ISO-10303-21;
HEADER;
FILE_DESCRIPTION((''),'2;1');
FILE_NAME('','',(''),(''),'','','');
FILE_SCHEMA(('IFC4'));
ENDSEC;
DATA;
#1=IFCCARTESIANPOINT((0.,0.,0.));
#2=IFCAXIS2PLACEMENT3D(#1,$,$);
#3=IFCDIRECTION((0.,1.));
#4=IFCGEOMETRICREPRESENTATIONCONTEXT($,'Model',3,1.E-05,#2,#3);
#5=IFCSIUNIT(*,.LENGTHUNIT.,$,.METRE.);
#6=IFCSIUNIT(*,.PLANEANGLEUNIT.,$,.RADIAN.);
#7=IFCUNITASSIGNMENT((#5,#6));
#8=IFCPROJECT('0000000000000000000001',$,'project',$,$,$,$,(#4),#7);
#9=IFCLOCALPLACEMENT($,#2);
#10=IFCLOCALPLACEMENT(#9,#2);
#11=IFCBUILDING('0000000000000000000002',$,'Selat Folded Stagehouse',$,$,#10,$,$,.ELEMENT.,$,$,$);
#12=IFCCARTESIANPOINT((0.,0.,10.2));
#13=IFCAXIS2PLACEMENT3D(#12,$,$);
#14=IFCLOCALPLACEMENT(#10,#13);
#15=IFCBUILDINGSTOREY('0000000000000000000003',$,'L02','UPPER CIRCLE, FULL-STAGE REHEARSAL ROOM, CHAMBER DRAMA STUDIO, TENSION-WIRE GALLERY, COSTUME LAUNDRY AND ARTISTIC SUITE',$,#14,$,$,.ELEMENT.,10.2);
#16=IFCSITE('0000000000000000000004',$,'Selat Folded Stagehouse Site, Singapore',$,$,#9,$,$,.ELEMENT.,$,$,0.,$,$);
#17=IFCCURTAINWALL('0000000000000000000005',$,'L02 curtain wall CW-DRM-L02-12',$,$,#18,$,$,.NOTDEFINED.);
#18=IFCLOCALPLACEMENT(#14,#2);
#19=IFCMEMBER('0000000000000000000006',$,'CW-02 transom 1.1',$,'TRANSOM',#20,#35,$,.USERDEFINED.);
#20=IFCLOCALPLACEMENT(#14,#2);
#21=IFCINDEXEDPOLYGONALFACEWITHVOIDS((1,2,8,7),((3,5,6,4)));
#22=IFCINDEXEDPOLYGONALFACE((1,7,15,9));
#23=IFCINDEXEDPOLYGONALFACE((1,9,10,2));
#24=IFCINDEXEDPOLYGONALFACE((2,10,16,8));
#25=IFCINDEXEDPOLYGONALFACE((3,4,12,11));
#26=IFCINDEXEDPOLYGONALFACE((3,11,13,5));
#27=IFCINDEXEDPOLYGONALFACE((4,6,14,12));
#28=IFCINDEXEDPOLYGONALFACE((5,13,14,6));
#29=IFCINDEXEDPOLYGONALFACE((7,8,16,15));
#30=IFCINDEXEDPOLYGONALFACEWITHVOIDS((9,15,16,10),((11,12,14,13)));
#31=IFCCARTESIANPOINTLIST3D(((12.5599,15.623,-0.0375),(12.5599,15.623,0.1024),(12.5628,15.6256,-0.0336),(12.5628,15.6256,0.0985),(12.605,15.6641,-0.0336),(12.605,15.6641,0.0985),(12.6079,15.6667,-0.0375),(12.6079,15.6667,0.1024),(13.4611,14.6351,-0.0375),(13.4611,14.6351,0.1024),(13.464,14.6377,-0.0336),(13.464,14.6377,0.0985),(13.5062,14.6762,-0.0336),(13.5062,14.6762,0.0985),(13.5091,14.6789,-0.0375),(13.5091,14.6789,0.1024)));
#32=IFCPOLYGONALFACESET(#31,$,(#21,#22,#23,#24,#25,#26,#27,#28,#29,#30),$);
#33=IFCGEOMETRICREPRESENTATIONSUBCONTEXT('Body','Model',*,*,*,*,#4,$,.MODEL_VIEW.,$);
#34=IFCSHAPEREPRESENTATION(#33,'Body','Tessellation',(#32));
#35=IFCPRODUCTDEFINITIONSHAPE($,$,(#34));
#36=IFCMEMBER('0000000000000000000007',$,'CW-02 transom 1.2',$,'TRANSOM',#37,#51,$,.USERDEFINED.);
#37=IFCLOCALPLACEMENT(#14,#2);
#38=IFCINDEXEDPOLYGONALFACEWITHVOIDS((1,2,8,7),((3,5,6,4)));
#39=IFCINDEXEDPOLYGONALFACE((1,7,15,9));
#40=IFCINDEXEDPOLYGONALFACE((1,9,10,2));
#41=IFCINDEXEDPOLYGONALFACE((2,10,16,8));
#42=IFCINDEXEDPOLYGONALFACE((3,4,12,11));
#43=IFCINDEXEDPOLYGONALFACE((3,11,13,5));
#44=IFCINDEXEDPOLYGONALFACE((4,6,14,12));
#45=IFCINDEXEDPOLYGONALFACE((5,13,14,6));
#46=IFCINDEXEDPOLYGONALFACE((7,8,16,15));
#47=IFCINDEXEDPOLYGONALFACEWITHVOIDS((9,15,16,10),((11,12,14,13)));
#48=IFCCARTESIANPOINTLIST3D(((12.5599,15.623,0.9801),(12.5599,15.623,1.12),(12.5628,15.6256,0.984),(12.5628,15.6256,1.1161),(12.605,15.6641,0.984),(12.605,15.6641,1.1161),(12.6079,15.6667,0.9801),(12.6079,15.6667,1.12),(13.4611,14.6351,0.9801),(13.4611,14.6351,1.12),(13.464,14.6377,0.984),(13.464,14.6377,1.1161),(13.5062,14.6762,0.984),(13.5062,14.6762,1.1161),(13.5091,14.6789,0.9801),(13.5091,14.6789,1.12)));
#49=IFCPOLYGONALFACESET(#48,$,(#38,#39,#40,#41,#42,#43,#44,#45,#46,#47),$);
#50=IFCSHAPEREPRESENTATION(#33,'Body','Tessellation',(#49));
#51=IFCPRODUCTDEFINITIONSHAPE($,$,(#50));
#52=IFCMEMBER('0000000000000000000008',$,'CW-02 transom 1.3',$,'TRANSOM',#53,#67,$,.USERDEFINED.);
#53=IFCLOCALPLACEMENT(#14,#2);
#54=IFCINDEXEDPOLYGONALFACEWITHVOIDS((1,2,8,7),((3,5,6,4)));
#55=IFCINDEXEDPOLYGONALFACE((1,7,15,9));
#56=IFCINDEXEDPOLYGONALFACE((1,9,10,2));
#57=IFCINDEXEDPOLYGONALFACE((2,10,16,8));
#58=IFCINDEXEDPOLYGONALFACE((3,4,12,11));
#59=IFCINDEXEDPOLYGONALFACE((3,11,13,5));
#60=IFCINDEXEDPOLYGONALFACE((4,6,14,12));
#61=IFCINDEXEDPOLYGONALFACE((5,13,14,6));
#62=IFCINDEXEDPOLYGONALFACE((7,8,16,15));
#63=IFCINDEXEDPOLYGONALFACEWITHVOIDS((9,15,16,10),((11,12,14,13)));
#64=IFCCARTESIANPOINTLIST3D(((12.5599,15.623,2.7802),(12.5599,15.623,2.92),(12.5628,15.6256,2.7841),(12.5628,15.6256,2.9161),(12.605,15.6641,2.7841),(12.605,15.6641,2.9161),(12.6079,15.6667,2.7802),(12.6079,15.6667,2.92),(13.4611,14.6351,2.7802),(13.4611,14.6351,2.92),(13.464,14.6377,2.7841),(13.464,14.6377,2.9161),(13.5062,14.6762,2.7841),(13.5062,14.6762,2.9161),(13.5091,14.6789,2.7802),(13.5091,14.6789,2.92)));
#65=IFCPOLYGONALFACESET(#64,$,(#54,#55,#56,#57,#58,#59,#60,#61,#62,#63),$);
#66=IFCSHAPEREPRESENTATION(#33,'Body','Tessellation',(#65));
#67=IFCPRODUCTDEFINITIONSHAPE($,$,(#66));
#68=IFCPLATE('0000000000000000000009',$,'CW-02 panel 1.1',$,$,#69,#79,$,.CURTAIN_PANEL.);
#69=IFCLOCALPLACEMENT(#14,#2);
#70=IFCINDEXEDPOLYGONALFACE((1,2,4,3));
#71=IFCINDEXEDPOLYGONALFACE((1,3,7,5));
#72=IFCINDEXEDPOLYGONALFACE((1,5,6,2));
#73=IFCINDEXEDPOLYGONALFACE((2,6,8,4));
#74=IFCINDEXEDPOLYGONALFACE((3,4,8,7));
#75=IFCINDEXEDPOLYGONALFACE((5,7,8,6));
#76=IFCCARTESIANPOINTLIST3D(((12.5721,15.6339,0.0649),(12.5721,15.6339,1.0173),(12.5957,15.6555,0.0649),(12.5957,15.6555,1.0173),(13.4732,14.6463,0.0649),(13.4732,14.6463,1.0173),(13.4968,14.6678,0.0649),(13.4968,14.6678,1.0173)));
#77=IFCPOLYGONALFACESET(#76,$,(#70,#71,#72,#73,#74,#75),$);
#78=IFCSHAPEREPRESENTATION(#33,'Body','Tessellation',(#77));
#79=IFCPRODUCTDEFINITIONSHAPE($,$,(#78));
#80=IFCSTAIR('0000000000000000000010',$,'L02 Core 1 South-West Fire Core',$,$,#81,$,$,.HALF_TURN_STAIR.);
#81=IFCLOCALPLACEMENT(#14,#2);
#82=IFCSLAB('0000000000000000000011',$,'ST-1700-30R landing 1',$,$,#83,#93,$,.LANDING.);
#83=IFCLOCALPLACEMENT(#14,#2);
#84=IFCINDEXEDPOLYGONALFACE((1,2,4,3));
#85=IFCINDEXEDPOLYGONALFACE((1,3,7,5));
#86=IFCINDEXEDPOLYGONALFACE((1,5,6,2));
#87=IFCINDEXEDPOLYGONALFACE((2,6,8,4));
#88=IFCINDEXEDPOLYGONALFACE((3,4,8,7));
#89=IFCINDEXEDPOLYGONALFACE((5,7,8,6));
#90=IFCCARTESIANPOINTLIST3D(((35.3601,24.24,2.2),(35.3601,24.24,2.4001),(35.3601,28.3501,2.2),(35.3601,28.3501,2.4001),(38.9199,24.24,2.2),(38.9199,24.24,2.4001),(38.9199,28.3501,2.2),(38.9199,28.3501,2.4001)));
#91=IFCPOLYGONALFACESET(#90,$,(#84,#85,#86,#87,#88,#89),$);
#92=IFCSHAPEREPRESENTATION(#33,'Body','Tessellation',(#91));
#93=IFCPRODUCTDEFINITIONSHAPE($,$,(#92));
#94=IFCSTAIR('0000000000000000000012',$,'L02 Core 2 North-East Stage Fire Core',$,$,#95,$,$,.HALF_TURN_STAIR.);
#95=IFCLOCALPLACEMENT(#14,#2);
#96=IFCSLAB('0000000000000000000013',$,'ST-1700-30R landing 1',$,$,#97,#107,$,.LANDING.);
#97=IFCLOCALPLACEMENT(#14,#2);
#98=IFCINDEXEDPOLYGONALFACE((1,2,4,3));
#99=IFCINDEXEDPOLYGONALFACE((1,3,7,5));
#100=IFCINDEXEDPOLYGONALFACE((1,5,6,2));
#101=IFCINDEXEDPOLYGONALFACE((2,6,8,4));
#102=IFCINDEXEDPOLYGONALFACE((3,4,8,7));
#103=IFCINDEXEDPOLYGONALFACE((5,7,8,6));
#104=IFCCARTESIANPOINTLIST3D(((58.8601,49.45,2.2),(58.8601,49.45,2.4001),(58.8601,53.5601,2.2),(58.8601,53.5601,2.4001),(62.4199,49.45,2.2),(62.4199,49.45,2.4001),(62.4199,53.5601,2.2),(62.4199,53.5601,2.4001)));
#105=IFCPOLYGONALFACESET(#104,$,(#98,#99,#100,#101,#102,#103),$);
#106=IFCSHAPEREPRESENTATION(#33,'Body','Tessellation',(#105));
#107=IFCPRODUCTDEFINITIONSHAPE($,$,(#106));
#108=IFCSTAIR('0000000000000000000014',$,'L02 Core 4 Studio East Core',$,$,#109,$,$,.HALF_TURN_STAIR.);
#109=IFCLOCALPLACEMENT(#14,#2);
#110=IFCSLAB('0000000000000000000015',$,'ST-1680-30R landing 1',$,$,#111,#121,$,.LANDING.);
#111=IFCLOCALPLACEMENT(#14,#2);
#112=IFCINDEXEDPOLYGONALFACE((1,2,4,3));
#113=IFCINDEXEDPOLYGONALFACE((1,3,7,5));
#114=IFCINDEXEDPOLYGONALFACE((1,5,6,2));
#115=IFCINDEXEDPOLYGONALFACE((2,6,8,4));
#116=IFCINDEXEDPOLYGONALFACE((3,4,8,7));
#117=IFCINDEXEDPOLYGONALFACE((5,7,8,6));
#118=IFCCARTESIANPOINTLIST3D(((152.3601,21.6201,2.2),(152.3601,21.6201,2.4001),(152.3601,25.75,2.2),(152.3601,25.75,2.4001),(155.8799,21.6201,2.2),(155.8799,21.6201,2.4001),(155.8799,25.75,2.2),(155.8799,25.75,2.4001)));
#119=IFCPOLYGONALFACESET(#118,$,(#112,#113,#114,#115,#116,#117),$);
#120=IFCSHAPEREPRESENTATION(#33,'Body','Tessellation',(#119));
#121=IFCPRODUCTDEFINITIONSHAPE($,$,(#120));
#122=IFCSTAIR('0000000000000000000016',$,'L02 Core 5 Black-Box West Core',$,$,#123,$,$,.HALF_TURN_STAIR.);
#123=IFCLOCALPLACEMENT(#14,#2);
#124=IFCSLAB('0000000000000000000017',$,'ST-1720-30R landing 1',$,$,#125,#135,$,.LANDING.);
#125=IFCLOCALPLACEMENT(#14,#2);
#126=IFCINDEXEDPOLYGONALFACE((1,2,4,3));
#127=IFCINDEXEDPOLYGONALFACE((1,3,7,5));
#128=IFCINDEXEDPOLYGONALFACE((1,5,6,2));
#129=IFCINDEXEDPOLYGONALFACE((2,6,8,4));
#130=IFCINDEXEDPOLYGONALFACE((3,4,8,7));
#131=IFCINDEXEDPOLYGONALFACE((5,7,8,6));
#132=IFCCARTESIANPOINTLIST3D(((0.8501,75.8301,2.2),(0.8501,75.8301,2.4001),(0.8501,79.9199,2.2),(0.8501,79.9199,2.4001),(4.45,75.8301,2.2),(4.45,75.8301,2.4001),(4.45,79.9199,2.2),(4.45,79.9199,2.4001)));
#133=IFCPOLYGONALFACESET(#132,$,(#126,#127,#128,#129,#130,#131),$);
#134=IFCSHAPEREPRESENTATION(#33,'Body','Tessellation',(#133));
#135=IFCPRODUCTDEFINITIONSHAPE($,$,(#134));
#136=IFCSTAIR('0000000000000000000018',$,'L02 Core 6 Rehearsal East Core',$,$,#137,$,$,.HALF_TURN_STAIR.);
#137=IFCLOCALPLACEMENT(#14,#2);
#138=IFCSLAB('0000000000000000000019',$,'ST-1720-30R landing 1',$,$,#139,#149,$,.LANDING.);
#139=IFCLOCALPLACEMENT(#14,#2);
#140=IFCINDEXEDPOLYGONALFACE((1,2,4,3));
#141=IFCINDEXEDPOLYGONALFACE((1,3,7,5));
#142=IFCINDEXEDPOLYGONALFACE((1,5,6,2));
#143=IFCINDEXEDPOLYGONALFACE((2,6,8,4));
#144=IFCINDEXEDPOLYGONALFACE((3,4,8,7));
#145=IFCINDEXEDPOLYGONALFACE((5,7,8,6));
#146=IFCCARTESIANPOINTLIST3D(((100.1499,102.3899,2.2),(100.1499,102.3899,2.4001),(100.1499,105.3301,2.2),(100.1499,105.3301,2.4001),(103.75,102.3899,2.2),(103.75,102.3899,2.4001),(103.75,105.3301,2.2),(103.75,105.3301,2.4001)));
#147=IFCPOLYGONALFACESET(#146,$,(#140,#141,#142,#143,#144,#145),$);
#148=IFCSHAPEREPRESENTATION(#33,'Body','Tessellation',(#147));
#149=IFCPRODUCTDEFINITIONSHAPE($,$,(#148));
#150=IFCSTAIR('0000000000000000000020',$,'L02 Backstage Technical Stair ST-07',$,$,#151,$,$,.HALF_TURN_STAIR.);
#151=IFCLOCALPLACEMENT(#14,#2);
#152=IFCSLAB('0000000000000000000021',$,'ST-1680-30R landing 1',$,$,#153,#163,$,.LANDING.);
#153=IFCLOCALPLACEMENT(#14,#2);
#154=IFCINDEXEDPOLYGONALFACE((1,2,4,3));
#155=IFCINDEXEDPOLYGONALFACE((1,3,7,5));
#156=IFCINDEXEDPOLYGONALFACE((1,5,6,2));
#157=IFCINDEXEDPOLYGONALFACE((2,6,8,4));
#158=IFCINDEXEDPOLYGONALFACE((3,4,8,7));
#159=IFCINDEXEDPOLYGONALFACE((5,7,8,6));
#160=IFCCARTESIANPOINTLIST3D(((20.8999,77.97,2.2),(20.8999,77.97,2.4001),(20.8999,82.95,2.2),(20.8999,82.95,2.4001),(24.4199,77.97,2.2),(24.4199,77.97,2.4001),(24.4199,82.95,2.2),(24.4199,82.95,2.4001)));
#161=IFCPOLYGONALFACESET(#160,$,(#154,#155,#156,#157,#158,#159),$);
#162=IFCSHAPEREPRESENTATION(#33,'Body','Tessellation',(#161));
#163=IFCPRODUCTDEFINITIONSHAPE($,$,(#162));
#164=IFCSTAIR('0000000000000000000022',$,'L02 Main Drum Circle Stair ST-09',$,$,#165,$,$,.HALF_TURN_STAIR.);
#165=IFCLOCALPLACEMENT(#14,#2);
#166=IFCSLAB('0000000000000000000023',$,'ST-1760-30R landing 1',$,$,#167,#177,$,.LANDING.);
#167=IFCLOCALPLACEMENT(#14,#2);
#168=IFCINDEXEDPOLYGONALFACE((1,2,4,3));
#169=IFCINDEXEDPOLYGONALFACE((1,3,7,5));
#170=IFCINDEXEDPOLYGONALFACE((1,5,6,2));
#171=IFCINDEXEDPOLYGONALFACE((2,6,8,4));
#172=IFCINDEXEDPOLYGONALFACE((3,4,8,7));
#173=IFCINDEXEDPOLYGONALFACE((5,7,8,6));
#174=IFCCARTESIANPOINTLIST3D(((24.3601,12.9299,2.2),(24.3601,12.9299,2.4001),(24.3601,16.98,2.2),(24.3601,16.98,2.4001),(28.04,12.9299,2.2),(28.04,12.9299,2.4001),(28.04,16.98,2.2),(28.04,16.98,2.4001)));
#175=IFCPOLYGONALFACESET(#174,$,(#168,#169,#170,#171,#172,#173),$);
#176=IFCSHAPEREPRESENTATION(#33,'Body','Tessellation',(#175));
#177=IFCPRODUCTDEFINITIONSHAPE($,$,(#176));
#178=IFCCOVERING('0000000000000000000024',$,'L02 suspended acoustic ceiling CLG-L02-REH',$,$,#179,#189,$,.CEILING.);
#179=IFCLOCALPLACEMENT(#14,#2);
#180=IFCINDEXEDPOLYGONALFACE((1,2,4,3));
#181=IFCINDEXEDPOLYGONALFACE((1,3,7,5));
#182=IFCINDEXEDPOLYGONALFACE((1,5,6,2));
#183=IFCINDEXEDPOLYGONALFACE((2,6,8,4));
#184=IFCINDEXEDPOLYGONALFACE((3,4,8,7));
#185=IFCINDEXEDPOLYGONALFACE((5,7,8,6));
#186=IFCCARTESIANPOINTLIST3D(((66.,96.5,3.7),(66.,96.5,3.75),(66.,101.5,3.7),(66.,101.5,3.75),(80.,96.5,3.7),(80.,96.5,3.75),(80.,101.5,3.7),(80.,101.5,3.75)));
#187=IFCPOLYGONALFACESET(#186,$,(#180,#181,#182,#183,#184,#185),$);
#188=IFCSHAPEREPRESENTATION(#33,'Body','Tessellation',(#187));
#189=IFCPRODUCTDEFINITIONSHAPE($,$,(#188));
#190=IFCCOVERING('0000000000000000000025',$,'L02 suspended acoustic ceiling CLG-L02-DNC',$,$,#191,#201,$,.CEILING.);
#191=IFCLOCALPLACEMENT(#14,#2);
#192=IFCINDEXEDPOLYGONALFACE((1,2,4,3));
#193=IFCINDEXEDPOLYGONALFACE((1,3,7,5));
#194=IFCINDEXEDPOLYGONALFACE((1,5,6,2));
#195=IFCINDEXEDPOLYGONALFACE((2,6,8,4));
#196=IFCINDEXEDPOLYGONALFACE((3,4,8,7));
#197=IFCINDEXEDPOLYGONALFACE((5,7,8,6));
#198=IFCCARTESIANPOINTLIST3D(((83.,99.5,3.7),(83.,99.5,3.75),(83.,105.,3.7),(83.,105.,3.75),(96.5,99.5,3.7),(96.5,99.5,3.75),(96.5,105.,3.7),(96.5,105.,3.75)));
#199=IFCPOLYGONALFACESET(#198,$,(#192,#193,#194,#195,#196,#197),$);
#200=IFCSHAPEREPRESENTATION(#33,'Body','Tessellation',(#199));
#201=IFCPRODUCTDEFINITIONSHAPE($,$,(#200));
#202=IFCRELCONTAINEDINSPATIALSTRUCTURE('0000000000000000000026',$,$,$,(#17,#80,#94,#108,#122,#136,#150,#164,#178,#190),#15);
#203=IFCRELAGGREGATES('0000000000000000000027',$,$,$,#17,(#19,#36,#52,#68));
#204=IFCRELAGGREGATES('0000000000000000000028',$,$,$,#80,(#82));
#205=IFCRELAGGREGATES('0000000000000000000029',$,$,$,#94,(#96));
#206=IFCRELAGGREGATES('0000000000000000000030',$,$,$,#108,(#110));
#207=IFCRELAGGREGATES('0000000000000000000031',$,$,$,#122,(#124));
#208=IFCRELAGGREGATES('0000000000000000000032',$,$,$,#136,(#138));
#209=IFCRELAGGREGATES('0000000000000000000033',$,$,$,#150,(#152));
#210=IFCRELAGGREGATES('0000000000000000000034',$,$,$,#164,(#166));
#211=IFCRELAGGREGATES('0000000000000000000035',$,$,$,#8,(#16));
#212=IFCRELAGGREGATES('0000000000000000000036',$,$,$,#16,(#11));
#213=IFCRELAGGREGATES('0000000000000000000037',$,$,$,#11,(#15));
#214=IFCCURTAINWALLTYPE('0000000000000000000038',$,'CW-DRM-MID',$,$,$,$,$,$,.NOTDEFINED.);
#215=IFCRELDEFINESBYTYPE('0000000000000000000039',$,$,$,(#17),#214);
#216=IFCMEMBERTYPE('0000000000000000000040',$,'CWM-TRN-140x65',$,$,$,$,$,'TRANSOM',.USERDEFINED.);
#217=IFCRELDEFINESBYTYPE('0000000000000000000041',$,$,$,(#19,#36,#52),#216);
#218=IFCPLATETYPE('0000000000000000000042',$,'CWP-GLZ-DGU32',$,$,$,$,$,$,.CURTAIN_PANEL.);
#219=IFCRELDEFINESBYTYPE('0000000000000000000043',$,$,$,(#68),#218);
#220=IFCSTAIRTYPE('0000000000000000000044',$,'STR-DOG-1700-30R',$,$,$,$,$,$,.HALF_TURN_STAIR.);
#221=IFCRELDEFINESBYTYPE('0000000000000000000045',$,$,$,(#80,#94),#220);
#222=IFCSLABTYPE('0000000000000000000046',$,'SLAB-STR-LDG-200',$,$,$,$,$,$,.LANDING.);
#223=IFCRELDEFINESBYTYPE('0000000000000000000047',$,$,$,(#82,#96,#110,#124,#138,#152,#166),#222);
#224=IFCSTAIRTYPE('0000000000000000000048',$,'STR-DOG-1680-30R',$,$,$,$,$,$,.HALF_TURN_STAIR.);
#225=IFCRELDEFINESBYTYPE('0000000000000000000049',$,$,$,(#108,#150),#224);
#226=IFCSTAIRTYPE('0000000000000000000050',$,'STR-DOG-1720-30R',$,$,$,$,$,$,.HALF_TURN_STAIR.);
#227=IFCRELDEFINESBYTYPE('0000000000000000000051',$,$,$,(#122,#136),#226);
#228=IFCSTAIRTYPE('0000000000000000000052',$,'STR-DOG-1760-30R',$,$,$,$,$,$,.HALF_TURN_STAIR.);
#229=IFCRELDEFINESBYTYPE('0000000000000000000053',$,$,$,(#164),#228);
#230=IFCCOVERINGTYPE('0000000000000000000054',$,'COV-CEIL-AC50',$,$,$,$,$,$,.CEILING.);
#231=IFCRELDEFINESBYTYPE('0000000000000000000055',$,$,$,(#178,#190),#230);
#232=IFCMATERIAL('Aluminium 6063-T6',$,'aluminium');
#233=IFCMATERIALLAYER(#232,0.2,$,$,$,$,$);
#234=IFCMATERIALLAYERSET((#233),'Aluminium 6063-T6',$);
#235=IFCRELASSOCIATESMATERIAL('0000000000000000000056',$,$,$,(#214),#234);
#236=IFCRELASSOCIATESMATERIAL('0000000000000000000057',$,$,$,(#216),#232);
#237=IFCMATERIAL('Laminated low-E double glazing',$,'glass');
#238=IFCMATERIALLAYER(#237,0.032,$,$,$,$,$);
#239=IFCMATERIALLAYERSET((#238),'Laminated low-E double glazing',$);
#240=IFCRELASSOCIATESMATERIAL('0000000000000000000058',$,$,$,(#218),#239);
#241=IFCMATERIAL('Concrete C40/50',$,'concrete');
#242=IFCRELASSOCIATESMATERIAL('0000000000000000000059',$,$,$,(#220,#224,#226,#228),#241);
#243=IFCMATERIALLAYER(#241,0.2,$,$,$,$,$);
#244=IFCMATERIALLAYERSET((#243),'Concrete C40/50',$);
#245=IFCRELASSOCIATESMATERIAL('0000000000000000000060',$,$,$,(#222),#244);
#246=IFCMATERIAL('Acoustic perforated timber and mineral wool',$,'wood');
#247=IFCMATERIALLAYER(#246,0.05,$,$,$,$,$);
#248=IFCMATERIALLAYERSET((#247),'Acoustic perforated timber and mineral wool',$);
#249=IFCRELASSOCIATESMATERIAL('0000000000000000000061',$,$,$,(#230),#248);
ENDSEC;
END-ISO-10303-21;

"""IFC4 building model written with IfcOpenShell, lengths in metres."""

from ifc_helpers import new_model, si_unit, direction, frame, origin, origin_2d, place, context, subcontext, project, spatial, polyline, rectangle, hollow_rectangle, outline, extrude, material, layer, layer_set, material_profile, profile_set, type_object, element, aggregate, save


model = new_model("IFC4")

# Units and contexts
model_context = context("Model", 3, precision=1e-05, world=origin(), true_north=direction((0.0, 1.0)))
body_context = subcontext(model_context, "Body", "Model", "MODEL_VIEW")
ifc_project = project(units=[si_unit("LENGTHUNIT", "METRE"), si_unit("PLANEANGLEUNIT", "RADIAN")], contexts=[model_context])

# Site, building, storey
site_placement = place(None, origin())
site = spatial("IfcSite", under=ifc_project, at=site_placement, Name="Selat Folded Stagehouse Site, Singapore", CompositionType="ELEMENT", RefElevation=0.0)
building_placement = place(site_placement, origin())
building = spatial("IfcBuilding", under=site, at=building_placement, Name="Selat Folded Stagehouse", CompositionType="ELEMENT")
storey_placement = place(building_placement, frame((0.0, 0.0, 10.2)))
storey = spatial("IfcBuildingStorey", under=building, at=storey_placement, Name="L02", Description="UPPER CIRCLE, FULL-STAGE REHEARSAL ROOM, CHAMBER DRAMA STUDIO, TENSION-WIRE GALLERY, COSTUME LAUNDRY AND ARTISTIC SUITE", CompositionType="ELEMENT", Elevation=10.2)

# Curtain wall, members, plate
ifc_material_1 = material(Name="Aluminium 6063-T6", Category="aluminium")
ifc_layer_1 = layer(ifc_material_1, 0.2)
ifc_layer_set_1 = layer_set([ifc_layer_1], Name="Aluminium 6063-T6")
curtain_wall_type = type_object("IfcCurtainWallType", Name="CW-DRM-MID", PredefinedType="NOTDEFINED", material=ifc_layer_set_1)
curtain_wall_placement = place(storey_placement, origin())
curtain_wall = element("IfcCurtainWall", 1, at=curtain_wall_placement, inside=storey, type_object=curtain_wall_type, Name="L02 curtain wall CW-DRM-L02-12", PredefinedType="NOTDEFINED")
ifc_material_profile_1 = material_profile(ifc_material_1, hollow_rectangle(XDim=0.0649, YDim=0.1399, WallThickness=0.0039, at=origin_2d()), Name="ALU 140x65x4.0")
ifc_profile_set_1 = profile_set([ifc_material_profile_1], Name="Aluminium 6063-T6")
member_type = type_object("IfcMemberType", Name="CWM-TRN-140x65", ElementType="TRANSOM", PredefinedType="USERDEFINED", material=ifc_profile_set_1)
member_1_placement = place(storey_placement, frame((13.4851, 14.657, 0.0325), z_axis=(-0.673953, 0.738774, 0.0), x_axis=(-0.738774, -0.673953, 0.0)))
member_1 = element("IfcMember", 2, at=member_1_placement, type_object=member_type, Name="CW-02 transom 1.1", ObjectType="TRANSOM", PredefinedType="USERDEFINED", context=body_context, shape_type="SweptSolid", body=[
    extrude(hollow_rectangle(XDim=0.0649, YDim=0.1399, WallThickness=0.0039, at=origin_2d()), origin(), (0.0, 0.0, 1.0), 1.3372),
])
member_2_placement = place(storey_placement, frame((13.4851, 14.657, 1.05), z_axis=(-0.673953, 0.738774, 0.0), x_axis=(-0.738774, -0.673953, 0.0)))
member_2 = element("IfcMember", 3, at=member_2_placement, type_object=member_type, Name="CW-02 transom 1.2", ObjectType="TRANSOM", PredefinedType="USERDEFINED", context=body_context, shape_type="SweptSolid", body=[
    extrude(hollow_rectangle(XDim=0.0649, YDim=0.1399, WallThickness=0.0039, at=origin_2d()), origin(), (0.0, 0.0, 1.0), 1.3372),
])
member_3_placement = place(storey_placement, frame((13.4851, 14.657, 2.8501), z_axis=(-0.673953, 0.738774, 0.0), x_axis=(-0.738774, -0.673953, 0.0)))
member_3 = element("IfcMember", 4, at=member_3_placement, type_object=member_type, Name="CW-02 transom 1.3", ObjectType="TRANSOM", PredefinedType="USERDEFINED", context=body_context, shape_type="SweptSolid", body=[
    extrude(hollow_rectangle(XDim=0.0649, YDim=0.1399, WallThickness=0.0039, at=origin_2d()), origin(), (0.0, 0.0, 1.0), 1.3372),
])
ifc_material_2 = material(Name="Laminated low-E double glazing", Category="glass")
ifc_layer_2 = layer(ifc_material_2, 0.032)
ifc_layer_set_2 = layer_set([ifc_layer_2], Name="Laminated low-E double glazing")
plate_type = type_object("IfcPlateType", Name="CWP-GLZ-DGU32", PredefinedType="CURTAIN_PANEL", material=ifc_layer_set_2)
plate_placement = place(storey_placement, frame((13.0344, 15.1509, 0.0649), z_axis=(0.0, 0.0, 1.0), x_axis=(-0.674002, 0.738729, 0.0)))
plate = element("IfcPlate", 5, at=plate_placement, type_object=plate_type, Name="CW-02 panel 1.1", PredefinedType="CURTAIN_PANEL", context=body_context, shape_type="SweptSolid", body=[
    extrude(rectangle(XDim=1.3369, YDim=0.032, at=origin_2d()), origin(), (0.0, 0.0, 1.0), 0.9524),
])
aggregate(curtain_wall, [member_1, member_2, member_3, plate])

# Stairs, slabs
ifc_material_3 = material(Name="Concrete C40/50", Category="concrete")
stair_type_1 = type_object("IfcStairType", Name="STR-DOG-1700-30R", PredefinedType="HALF_TURN_STAIR", material=ifc_material_3)
stair_1_placement = place(storey_placement, origin())
stair_1 = element("IfcStair", 6, at=stair_1_placement, inside=storey, type_object=stair_type_1, Name="L02 Core 1 South-West Fire Core", PredefinedType="HALF_TURN_STAIR")
ifc_layer_3 = layer(ifc_material_3, 0.2)
ifc_layer_set_3 = layer_set([ifc_layer_3], Name="Concrete C40/50")
slab_type = type_object("IfcSlabType", Name="SLAB-STR-LDG-200", PredefinedType="LANDING", material=ifc_layer_set_3)
slab_1_placement = place(storey_placement, frame((0.0, 0.0, 2.2)))
slab_1 = element("IfcSlab", 7, at=slab_1_placement, type_object=slab_type, Name="ST-1700-30R landing 1", PredefinedType="LANDING", context=body_context, shape_type="SweptSolid", body=[
    extrude(outline(polyline([(35.3601, 28.3501), (35.3601, 24.24), (38.9199, 24.24), (38.9199, 28.3501), (35.3601, 28.3501)])), origin(), (0.0, 0.0, 1.0), 0.2002),
])
aggregate(stair_1, [slab_1])
stair_2_placement = place(storey_placement, origin())
stair_2 = element("IfcStair", 8, at=stair_2_placement, inside=storey, type_object=stair_type_1, Name="L02 Core 2 North-East Stage Fire Core", PredefinedType="HALF_TURN_STAIR")
slab_2_placement = place(storey_placement, frame((0.0, 0.0, 2.2)))
slab_2 = element("IfcSlab", 9, at=slab_2_placement, type_object=slab_type, Name="ST-1700-30R landing 1", PredefinedType="LANDING", context=body_context, shape_type="SweptSolid", body=[
    extrude(outline(polyline([(62.4199, 49.45), (62.4199, 53.5601), (58.8601, 53.5601), (58.8601, 49.45), (62.4199, 49.45)])), origin(), (0.0, 0.0, 1.0), 0.2002),
])
aggregate(stair_2, [slab_2])
stair_type_2 = type_object("IfcStairType", Name="STR-DOG-1680-30R", PredefinedType="HALF_TURN_STAIR", material=ifc_material_3)
stair_3_placement = place(storey_placement, origin())
stair_3 = element("IfcStair", 10, at=stair_3_placement, inside=storey, type_object=stair_type_2, Name="L02 Core 4 Studio East Core", PredefinedType="HALF_TURN_STAIR")
slab_3_placement = place(storey_placement, frame((0.0, 0.0, 2.2)))
slab_3 = element("IfcSlab", 11, at=slab_3_placement, type_object=slab_type, Name="ST-1680-30R landing 1", PredefinedType="LANDING", context=body_context, shape_type="SweptSolid", body=[
    extrude(outline(polyline([(155.8799, 21.6201), (155.8799, 25.75), (152.3601, 25.75), (152.3601, 21.6201), (155.8799, 21.6201)])), origin(), (0.0, 0.0, 1.0), 0.2002),
])
aggregate(stair_3, [slab_3])
stair_type_3 = type_object("IfcStairType", Name="STR-DOG-1720-30R", PredefinedType="HALF_TURN_STAIR", material=ifc_material_3)
stair_4_placement = place(storey_placement, origin())
stair_4 = element("IfcStair", 12, at=stair_4_placement, inside=storey, type_object=stair_type_3, Name="L02 Core 5 Black-Box West Core", PredefinedType="HALF_TURN_STAIR")
slab_4_placement = place(storey_placement, frame((0.0, 0.0, 2.2)))
slab_4 = element("IfcSlab", 13, at=slab_4_placement, type_object=slab_type, Name="ST-1720-30R landing 1", PredefinedType="LANDING", context=body_context, shape_type="SweptSolid", body=[
    extrude(outline(polyline([(4.45, 75.8301), (4.45, 79.9199), (0.8501, 79.9199), (0.8501, 75.8301), (4.45, 75.8301)])), origin(), (0.0, 0.0, 1.0), 0.2002),
])
aggregate(stair_4, [slab_4])
stair_5_placement = place(storey_placement, origin())
stair_5 = element("IfcStair", 14, at=stair_5_placement, inside=storey, type_object=stair_type_3, Name="L02 Core 6 Rehearsal East Core", PredefinedType="HALF_TURN_STAIR")
slab_5_placement = place(storey_placement, frame((0.0, 0.0, 2.2)))
slab_5 = element("IfcSlab", 15, at=slab_5_placement, type_object=slab_type, Name="ST-1720-30R landing 1", PredefinedType="LANDING", context=body_context, shape_type="SweptSolid", body=[
    extrude(outline(polyline([(103.75, 102.3899), (103.75, 105.3301), (100.1499, 105.3301), (100.1499, 102.3899), (103.75, 102.3899)])), origin(), (0.0, 0.0, 1.0), 0.2002),
])
aggregate(stair_5, [slab_5])
stair_6_placement = place(storey_placement, origin())
stair_6 = element("IfcStair", 16, at=stair_6_placement, inside=storey, type_object=stair_type_2, Name="L02 Backstage Technical Stair ST-07", PredefinedType="HALF_TURN_STAIR")
slab_6_placement = place(storey_placement, frame((0.0, 0.0, 2.2)))
slab_6 = element("IfcSlab", 17, at=slab_6_placement, type_object=slab_type, Name="ST-1680-30R landing 1", PredefinedType="LANDING", context=body_context, shape_type="SweptSolid", body=[
    extrude(outline(polyline([(24.4199, 77.97), (24.4199, 82.95), (20.8999, 82.95), (20.8999, 77.97), (24.4199, 77.97)])), origin(), (0.0, 0.0, 1.0), 0.2002),
])
aggregate(stair_6, [slab_6])
stair_type_4 = type_object("IfcStairType", Name="STR-DOG-1760-30R", PredefinedType="HALF_TURN_STAIR", material=ifc_material_3)
stair_7_placement = place(storey_placement, origin())
stair_7 = element("IfcStair", 18, at=stair_7_placement, inside=storey, type_object=stair_type_4, Name="L02 Main Drum Circle Stair ST-09", PredefinedType="HALF_TURN_STAIR")
slab_7_placement = place(storey_placement, frame((0.0, 0.0, 2.2)))
slab_7 = element("IfcSlab", 19, at=slab_7_placement, type_object=slab_type, Name="ST-1760-30R landing 1", PredefinedType="LANDING", context=body_context, shape_type="SweptSolid", body=[
    extrude(outline(polyline([(28.04, 12.9299), (28.04, 16.98), (24.3601, 16.98), (24.3601, 12.9299), (28.04, 12.9299)])), origin(), (0.0, 0.0, 1.0), 0.2002),
])
aggregate(stair_7, [slab_7])

# Coverings
ifc_material_4 = material(Name="Acoustic perforated timber and mineral wool", Category="wood")
ifc_layer_4 = layer(ifc_material_4, 0.05)
ifc_layer_set_4 = layer_set([ifc_layer_4], Name="Acoustic perforated timber and mineral wool")
covering_type_1 = type_object("IfcCoveringType", Name="COV-CEIL-AC50", PredefinedType="CEILING", material=ifc_layer_set_4)
covering_1_placement = place(storey_placement, frame((0.0, 0.0, 3.7)))
element("IfcCovering", 20, at=covering_1_placement, inside=storey, type_object=covering_type_1, Name="L02 suspended acoustic ceiling CLG-L02-REH", PredefinedType="CEILING", context=body_context, shape_type="SweptSolid", body=[
    extrude(outline(polyline([(66.0, 96.5), (80.0, 96.5), (80.0, 101.5), (66.0, 101.5), (66.0, 96.5)])), origin(), (0.0, 0.0, 1.0), 0.05),
])
covering_2_placement = place(storey_placement, frame((0.0, 0.0, 3.7)))
element("IfcCovering", 21, at=covering_2_placement, inside=storey, type_object=covering_type_1, Name="L02 suspended acoustic ceiling CLG-L02-DNC", PredefinedType="CEILING", context=body_context, shape_type="SweptSolid", body=[
    extrude(outline(polyline([(83.0, 99.5), (96.5, 99.5), (96.5, 105.0), (83.0, 105.0), (83.0, 99.5)])), origin(), (0.0, 0.0, 1.0), 0.05),
])

save(model, "model.ifc")
